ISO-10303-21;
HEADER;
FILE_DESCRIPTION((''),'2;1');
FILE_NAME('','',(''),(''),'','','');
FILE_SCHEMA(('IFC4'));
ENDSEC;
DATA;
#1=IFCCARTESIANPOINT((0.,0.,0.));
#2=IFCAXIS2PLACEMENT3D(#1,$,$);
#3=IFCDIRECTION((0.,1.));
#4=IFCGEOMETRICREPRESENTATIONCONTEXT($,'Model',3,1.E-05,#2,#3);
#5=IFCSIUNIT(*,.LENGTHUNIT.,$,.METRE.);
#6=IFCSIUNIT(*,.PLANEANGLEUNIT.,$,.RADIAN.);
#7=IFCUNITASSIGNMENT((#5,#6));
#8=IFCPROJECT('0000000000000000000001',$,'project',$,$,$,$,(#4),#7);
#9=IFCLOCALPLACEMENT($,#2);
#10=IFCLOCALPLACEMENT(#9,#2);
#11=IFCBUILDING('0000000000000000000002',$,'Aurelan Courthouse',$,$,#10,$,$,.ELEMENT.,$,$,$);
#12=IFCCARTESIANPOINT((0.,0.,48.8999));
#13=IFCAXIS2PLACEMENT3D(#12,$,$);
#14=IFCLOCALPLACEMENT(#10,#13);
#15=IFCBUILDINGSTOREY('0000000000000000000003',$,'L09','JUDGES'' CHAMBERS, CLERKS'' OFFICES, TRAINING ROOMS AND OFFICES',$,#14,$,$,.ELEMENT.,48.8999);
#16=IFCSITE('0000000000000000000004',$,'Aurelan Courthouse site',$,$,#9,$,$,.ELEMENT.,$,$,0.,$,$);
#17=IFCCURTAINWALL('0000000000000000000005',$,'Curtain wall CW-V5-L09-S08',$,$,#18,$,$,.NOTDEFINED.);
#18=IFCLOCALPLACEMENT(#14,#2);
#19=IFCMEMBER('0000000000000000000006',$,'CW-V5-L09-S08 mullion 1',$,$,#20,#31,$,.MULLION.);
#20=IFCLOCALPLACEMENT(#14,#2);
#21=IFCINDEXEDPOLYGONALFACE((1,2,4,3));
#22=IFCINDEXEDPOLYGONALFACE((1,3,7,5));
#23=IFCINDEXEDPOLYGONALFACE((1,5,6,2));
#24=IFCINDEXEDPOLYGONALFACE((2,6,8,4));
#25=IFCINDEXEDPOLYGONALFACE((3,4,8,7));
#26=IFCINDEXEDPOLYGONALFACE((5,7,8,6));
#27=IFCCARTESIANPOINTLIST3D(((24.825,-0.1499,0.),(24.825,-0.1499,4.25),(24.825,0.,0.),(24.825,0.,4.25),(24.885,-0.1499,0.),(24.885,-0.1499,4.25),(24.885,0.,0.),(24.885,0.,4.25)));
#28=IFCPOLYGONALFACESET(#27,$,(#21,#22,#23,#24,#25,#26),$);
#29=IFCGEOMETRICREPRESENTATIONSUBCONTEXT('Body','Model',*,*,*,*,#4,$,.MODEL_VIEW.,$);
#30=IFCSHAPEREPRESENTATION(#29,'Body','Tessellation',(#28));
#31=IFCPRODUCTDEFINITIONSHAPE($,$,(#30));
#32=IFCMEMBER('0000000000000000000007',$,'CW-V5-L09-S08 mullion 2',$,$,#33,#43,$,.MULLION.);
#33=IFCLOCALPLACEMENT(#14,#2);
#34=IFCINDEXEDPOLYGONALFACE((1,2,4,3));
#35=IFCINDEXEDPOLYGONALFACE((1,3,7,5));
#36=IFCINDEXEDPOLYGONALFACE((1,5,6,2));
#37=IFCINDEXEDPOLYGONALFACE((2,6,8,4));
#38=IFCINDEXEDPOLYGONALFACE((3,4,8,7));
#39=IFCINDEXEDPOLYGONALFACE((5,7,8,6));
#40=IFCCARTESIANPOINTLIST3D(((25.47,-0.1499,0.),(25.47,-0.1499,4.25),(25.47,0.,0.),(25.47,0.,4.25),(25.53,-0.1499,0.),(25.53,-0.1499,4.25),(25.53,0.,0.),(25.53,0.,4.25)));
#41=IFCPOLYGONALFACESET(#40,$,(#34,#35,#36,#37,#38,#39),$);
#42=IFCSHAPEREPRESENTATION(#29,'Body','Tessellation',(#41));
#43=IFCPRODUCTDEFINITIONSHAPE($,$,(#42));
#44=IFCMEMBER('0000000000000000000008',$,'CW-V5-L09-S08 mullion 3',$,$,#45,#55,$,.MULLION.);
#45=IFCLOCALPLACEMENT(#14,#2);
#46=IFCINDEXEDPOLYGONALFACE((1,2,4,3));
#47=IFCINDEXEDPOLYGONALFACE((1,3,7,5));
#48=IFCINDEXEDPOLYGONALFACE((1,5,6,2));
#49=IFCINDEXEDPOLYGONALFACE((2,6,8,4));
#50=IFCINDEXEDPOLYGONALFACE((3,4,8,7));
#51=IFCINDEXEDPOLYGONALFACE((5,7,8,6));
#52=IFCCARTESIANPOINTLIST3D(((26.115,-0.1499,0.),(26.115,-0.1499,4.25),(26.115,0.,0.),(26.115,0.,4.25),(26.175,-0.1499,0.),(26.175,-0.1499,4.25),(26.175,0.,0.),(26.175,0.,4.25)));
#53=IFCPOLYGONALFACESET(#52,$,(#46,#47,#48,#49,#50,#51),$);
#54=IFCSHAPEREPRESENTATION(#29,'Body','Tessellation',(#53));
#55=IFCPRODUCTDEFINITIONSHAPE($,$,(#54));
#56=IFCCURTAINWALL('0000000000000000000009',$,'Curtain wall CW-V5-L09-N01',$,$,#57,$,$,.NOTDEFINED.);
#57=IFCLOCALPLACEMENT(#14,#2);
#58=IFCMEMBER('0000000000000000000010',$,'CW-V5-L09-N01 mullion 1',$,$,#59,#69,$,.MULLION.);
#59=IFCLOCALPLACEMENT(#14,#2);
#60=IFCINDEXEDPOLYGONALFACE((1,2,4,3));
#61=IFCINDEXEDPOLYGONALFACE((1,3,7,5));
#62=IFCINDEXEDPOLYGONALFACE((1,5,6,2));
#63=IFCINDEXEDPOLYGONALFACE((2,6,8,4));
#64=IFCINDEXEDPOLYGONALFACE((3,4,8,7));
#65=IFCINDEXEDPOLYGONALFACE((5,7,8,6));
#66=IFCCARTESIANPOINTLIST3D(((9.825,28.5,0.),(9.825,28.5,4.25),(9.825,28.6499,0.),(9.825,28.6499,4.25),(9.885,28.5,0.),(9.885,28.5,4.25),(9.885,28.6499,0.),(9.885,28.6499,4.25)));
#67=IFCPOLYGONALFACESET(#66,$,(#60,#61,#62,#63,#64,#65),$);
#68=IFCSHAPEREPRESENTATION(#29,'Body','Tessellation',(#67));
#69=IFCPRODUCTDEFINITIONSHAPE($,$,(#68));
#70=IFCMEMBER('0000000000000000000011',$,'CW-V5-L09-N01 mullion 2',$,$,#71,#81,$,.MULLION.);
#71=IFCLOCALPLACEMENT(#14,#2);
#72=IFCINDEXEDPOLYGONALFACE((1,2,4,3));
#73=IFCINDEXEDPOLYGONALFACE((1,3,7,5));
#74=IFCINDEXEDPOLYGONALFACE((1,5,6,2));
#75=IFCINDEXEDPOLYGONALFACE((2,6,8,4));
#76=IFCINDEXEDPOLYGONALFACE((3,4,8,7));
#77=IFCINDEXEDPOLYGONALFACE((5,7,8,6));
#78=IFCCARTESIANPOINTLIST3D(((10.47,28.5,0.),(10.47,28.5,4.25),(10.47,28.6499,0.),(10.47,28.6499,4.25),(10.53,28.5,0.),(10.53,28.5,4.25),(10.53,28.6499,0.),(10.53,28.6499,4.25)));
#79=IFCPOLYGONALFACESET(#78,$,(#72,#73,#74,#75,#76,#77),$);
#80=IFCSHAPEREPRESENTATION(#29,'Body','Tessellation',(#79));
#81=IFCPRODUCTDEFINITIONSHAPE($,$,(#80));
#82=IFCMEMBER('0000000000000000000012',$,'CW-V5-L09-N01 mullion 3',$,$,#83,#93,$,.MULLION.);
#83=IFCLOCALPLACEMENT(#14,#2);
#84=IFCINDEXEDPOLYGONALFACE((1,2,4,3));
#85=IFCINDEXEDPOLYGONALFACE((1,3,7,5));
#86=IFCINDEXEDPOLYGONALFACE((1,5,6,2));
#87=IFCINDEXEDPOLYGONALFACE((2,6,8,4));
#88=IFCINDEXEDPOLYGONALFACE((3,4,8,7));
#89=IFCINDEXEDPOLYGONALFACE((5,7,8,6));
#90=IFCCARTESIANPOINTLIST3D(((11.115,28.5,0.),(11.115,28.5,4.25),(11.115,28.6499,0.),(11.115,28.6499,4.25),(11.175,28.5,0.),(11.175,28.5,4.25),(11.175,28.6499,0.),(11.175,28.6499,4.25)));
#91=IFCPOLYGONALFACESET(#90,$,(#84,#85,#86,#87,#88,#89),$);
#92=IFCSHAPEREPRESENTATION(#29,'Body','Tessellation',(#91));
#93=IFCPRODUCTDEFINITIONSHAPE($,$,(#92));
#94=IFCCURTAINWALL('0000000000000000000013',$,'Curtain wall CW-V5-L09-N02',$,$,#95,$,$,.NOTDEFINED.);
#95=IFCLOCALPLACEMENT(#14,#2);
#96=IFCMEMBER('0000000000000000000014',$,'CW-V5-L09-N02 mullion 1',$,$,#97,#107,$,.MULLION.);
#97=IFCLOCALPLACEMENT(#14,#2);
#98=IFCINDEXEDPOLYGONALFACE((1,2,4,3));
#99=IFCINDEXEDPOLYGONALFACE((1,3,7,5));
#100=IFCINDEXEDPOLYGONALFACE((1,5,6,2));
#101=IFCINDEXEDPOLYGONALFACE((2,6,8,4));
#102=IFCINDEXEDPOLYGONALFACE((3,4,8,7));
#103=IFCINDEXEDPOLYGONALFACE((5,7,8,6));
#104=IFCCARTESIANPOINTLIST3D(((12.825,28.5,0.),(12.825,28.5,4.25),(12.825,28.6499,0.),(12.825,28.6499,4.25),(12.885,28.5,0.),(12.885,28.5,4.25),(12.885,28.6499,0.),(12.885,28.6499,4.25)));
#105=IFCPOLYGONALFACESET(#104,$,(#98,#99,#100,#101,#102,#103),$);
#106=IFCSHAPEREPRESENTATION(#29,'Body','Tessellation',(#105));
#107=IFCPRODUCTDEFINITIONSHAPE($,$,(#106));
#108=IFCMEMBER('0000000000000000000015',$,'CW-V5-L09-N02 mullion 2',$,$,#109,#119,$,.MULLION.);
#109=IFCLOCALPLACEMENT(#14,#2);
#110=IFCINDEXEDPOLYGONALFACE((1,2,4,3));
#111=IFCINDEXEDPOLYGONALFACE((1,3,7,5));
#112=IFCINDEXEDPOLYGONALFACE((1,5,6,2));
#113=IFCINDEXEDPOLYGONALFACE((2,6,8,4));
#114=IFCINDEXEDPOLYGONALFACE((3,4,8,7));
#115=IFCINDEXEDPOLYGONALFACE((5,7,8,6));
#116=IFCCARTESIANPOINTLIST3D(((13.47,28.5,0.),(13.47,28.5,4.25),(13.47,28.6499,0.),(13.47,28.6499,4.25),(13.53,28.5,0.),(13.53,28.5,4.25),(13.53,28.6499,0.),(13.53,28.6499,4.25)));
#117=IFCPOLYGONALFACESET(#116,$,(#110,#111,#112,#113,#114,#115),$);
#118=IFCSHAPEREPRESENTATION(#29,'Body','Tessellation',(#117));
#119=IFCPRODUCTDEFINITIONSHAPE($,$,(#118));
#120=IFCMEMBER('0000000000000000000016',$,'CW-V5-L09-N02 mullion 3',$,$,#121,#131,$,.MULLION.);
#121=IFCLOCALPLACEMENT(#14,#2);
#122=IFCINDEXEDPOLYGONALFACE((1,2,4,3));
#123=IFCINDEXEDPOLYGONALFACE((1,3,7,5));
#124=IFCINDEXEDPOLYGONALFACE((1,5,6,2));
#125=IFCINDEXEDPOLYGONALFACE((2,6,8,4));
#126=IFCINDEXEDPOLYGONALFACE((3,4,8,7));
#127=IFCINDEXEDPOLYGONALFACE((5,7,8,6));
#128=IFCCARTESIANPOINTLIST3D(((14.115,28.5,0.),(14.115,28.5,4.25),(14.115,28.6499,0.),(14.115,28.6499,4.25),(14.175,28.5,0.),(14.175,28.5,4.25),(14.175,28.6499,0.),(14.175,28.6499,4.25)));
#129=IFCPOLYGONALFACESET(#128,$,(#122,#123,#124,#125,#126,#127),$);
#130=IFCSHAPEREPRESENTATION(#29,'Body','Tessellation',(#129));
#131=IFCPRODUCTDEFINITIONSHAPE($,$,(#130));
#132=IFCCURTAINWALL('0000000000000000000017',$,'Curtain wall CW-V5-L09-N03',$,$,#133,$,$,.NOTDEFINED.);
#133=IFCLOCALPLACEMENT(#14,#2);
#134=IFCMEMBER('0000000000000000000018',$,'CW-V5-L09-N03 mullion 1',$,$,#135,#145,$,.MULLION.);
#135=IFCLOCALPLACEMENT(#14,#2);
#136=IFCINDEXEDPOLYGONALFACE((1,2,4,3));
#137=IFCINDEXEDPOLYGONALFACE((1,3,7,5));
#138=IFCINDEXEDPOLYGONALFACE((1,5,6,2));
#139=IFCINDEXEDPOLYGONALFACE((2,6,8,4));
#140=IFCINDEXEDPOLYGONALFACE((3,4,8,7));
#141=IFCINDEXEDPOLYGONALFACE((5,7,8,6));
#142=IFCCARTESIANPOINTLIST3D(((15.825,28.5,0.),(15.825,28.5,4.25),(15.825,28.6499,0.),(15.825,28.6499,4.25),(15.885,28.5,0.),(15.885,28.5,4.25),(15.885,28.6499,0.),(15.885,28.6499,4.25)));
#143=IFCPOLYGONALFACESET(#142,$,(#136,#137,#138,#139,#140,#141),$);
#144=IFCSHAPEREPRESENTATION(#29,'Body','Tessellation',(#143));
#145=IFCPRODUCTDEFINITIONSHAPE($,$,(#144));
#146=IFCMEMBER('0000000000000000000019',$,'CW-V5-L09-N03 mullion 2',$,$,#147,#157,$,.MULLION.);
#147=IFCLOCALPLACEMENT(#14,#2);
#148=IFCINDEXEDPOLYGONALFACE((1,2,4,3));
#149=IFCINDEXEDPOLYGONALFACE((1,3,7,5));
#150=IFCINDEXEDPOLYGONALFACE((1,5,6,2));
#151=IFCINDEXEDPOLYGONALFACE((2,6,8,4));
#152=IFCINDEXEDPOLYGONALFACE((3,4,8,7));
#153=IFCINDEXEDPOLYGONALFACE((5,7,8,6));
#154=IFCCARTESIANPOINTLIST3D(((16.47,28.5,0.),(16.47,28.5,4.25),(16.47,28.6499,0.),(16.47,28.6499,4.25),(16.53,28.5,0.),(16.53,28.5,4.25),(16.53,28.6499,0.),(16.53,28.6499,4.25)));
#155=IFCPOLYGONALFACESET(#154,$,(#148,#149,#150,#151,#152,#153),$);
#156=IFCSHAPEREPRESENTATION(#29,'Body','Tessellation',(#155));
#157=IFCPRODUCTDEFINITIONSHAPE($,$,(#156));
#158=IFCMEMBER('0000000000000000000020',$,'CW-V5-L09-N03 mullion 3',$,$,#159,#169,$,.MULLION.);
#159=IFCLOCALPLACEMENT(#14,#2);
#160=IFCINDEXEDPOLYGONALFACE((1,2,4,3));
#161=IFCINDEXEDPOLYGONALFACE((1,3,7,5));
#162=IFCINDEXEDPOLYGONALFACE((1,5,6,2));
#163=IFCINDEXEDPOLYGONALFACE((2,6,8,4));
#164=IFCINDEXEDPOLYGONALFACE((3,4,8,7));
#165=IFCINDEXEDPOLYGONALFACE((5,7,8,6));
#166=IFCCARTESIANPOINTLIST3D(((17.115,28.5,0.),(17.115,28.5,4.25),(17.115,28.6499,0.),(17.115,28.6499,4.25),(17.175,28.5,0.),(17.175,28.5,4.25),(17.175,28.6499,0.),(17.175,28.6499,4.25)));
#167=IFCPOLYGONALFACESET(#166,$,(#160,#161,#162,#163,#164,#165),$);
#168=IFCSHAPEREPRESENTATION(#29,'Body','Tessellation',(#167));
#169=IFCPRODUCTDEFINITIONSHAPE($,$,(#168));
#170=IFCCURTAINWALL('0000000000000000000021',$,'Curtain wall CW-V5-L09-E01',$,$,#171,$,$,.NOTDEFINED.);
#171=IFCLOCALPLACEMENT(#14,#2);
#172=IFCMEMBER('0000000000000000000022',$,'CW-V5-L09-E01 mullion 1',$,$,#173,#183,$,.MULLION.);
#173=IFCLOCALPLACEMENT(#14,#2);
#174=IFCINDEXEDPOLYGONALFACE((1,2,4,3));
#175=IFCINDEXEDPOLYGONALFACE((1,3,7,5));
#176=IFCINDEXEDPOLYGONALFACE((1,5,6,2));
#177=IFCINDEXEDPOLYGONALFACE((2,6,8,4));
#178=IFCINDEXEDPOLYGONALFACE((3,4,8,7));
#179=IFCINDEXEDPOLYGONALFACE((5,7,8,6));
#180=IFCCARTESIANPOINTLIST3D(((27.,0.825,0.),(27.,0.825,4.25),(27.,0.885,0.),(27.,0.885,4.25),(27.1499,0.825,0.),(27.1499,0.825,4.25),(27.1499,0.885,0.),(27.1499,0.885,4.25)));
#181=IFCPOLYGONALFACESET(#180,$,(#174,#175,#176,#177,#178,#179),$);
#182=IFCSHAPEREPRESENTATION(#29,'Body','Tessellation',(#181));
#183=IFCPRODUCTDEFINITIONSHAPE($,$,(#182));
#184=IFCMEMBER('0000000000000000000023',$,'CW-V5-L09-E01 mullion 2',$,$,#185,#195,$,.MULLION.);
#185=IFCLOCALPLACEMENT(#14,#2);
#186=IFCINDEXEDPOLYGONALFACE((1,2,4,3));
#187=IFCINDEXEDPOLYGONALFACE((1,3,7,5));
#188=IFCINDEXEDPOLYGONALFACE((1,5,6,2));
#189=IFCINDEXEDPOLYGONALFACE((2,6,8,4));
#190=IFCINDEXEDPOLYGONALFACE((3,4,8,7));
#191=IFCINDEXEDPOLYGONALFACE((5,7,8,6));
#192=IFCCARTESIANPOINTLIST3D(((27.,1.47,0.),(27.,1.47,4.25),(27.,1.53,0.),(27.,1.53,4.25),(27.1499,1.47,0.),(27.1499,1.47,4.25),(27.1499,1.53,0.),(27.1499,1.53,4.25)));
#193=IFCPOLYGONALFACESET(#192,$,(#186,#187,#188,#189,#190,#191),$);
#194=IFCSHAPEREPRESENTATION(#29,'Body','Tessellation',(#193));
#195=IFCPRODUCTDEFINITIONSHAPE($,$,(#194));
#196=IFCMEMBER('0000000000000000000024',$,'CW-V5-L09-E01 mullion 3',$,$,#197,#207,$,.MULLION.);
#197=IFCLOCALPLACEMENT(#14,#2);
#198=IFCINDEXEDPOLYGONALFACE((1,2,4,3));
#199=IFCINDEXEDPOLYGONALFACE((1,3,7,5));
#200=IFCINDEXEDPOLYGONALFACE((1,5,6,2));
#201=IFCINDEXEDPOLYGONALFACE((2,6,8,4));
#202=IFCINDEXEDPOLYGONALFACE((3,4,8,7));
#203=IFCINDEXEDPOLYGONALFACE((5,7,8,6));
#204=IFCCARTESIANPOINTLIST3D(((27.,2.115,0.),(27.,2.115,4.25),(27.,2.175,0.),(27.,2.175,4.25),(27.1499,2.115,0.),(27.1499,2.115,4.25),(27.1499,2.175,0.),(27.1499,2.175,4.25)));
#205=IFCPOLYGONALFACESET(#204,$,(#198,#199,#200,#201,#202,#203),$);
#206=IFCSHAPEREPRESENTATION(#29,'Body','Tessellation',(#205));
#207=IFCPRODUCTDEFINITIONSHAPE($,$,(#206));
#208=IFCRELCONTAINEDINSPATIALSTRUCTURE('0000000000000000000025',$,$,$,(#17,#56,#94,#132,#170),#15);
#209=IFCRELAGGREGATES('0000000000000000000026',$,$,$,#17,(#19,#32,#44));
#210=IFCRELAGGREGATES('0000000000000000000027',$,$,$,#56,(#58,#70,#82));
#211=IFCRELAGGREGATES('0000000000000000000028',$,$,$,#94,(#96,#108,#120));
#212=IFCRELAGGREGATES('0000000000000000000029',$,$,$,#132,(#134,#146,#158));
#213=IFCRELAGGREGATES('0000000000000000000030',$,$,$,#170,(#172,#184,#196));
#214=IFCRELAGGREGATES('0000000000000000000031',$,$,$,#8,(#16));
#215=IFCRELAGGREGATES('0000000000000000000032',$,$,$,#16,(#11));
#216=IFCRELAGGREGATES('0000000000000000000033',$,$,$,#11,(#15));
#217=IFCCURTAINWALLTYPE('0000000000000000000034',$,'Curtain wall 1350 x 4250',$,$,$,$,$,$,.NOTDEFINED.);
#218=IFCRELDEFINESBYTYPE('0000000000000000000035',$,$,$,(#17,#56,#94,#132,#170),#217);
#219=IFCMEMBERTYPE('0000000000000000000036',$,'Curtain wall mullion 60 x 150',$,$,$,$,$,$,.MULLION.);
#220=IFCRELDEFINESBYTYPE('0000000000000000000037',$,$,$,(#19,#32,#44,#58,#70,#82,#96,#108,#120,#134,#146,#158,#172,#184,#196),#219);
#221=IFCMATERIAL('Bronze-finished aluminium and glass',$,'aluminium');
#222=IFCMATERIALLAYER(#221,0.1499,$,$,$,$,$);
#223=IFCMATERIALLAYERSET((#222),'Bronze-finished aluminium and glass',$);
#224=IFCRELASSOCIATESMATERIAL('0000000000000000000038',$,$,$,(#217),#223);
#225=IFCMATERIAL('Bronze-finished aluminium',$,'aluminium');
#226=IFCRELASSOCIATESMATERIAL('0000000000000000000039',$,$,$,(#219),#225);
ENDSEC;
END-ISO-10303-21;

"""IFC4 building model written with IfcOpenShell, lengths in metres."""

from ifc_helpers import new_model, si_unit, direction, frame, origin, origin_2d, place, context, subcontext, project, spatial, rectangle, extrude, material, layer, layer_set, material_profile, profile_set, type_object, element, aggregate, save


model = new_model("IFC4")

# Units and contexts
model_context = context("Model", 3, precision=1e-05, world=origin(), true_north=direction((0.0, 1.0)))
body_context = subcontext(model_context, "Body", "Model", "MODEL_VIEW")
ifc_project = project(units=[si_unit("LENGTHUNIT", "METRE"), si_unit("PLANEANGLEUNIT", "RADIAN")], contexts=[model_context])

# Site, building, storey
site_placement = place(None, origin())
site = spatial("IfcSite", under=ifc_project, at=site_placement, Name="Aurelan Courthouse site", CompositionType="ELEMENT", RefElevation=0.0)
building_placement = place(site_placement, origin())
building = spatial("IfcBuilding", under=site, at=building_placement, Name="Aurelan Courthouse", CompositionType="ELEMENT")
storey_placement = place(building_placement, frame((0.0, 0.0, 48.8999)))
storey = spatial("IfcBuildingStorey", under=building, at=storey_placement, Name="L09", Description="JUDGES' CHAMBERS, CLERKS' OFFICES, TRAINING ROOMS AND OFFICES", CompositionType="ELEMENT", Elevation=48.8999)

# Curtain walls, members
ifc_material_1 = material(Name="Bronze-finished aluminium and glass", Category="aluminium")
ifc_layer_1 = layer(ifc_material_1, 0.1499)
ifc_layer_set_1 = layer_set([ifc_layer_1], Name="Bronze-finished aluminium and glass")
curtain_wall_type = type_object("IfcCurtainWallType", Name="Curtain wall 1350 x 4250", PredefinedType="NOTDEFINED", material=ifc_layer_set_1)
curtain_wall_1_placement = place(storey_placement, origin())
curtain_wall_1 = element("IfcCurtainWall", 1, at=curtain_wall_1_placement, inside=storey, type_object=curtain_wall_type, Name="Curtain wall CW-V5-L09-S08", PredefinedType="NOTDEFINED")
ifc_material_2 = material(Name="Bronze-finished aluminium", Category="aluminium")
ifc_material_profile = material_profile(ifc_material_2, rectangle(XDim=0.1499, YDim=0.0601, at=origin_2d()), Name="Bronze mullion 60 x 150")
ifc_profile_set = profile_set([ifc_material_profile], Name="Bronze-finished aluminium")
member_type = type_object("IfcMemberType", Name="Curtain wall mullion 60 x 150", PredefinedType="MULLION", material=ifc_profile_set)
member_1_placement = place(storey_placement, frame((24.855, -0.075, 0.0), z_axis=(0.0, 0.0, 1.0), x_axis=(0.0, 1.0, 0.0)))
member_1 = element("IfcMember", 2, at=member_1_placement, type_object=member_type, Name="CW-V5-L09-S08 mullion 1", PredefinedType="MULLION", context=body_context, shape_type="SweptSolid", body=[
    extrude(rectangle(XDim=0.1499, YDim=0.0601, at=origin_2d()), origin(), (0.0, 0.0, 1.0), 4.25),
])
member_2_placement = place(storey_placement, frame((25.5, -0.075, 0.0), z_axis=(0.0, 0.0, 1.0), x_axis=(0.0, 1.0, 0.0)))
member_2 = element("IfcMember", 3, at=member_2_placement, type_object=member_type, Name="CW-V5-L09-S08 mullion 2", PredefinedType="MULLION", context=body_context, shape_type="SweptSolid", body=[
    extrude(rectangle(XDim=0.1499, YDim=0.0601, at=origin_2d()), origin(), (0.0, 0.0, 1.0), 4.25),
])
member_3_placement = place(storey_placement, frame((26.145, -0.075, 0.0), z_axis=(0.0, 0.0, 1.0), x_axis=(0.0, 1.0, 0.0)))
member_3 = element("IfcMember", 4, at=member_3_placement, type_object=member_type, Name="CW-V5-L09-S08 mullion 3", PredefinedType="MULLION", context=body_context, shape_type="SweptSolid", body=[
    extrude(rectangle(XDim=0.1499, YDim=0.0601, at=origin_2d()), origin(), (0.0, 0.0, 1.0), 4.25),
])
aggregate(curtain_wall_1, [member_1, member_2, member_3])
curtain_wall_2_placement = place(storey_placement, origin())
curtain_wall_2 = element("IfcCurtainWall", 5, at=curtain_wall_2_placement, inside=storey, type_object=curtain_wall_type, Name="Curtain wall CW-V5-L09-N01", PredefinedType="NOTDEFINED")
member_4_placement = place(storey_placement, frame((9.855, 28.575, 0.0), z_axis=(0.0, 0.0, 1.0), x_axis=(0.0, 1.0, 0.0)))
member_4 = element("IfcMember", 6, at=member_4_placement, type_object=member_type, Name="CW-V5-L09-N01 mullion 1", PredefinedType="MULLION", context=body_context, shape_type="SweptSolid", body=[
    extrude(rectangle(XDim=0.1499, YDim=0.0601, at=origin_2d()), origin(), (0.0, 0.0, 1.0), 4.25),
])
member_5_placement = place(storey_placement, frame((10.5, 28.575, 0.0), z_axis=(0.0, 0.0, 1.0), x_axis=(0.0, 1.0, 0.0)))
member_5 = element("IfcMember", 7, at=member_5_placement, type_object=member_type, Name="CW-V5-L09-N01 mullion 2", PredefinedType="MULLION", context=body_context, shape_type="SweptSolid", body=[
    extrude(rectangle(XDim=0.1499, YDim=0.0601, at=origin_2d()), origin(), (0.0, 0.0, 1.0), 4.25),
])
member_6_placement = place(storey_placement, frame((11.145, 28.575, 0.0), z_axis=(0.0, 0.0, 1.0), x_axis=(0.0, 1.0, 0.0)))
member_6 = element("IfcMember", 8, at=member_6_placement, type_object=member_type, Name="CW-V5-L09-N01 mullion 3", PredefinedType="MULLION", context=body_context, shape_type="SweptSolid", body=[
    extrude(rectangle(XDim=0.1499, YDim=0.0601, at=origin_2d()), origin(), (0.0, 0.0, 1.0), 4.25),
])
aggregate(curtain_wall_2, [member_4, member_5, member_6])
curtain_wall_3_placement = place(storey_placement, origin())
curtain_wall_3 = element("IfcCurtainWall", 9, at=curtain_wall_3_placement, inside=storey, type_object=curtain_wall_type, Name="Curtain wall CW-V5-L09-N02", PredefinedType="NOTDEFINED")
member_7_placement = place(storey_placement, frame((12.855, 28.575, 0.0), z_axis=(0.0, 0.0, 1.0), x_axis=(0.0, 1.0, 0.0)))
member_7 = element("IfcMember", 10, at=member_7_placement, type_object=member_type, Name="CW-V5-L09-N02 mullion 1", PredefinedType="MULLION", context=body_context, shape_type="SweptSolid", body=[
    extrude(rectangle(XDim=0.1499, YDim=0.0601, at=origin_2d()), origin(), (0.0, 0.0, 1.0), 4.25),
])
member_8_placement = place(storey_placement, frame((13.5, 28.575, 0.0), z_axis=(0.0, 0.0, 1.0), x_axis=(0.0, 1.0, 0.0)))
member_8 = element("IfcMember", 11, at=member_8_placement, type_object=member_type, Name="CW-V5-L09-N02 mullion 2", PredefinedType="MULLION", context=body_context, shape_type="SweptSolid", body=[
    extrude(rectangle(XDim=0.1499, YDim=0.0601, at=origin_2d()), origin(), (0.0, 0.0, 1.0), 4.25),
])
member_9_placement = place(storey_placement, frame((14.145, 28.575, 0.0), z_axis=(0.0, 0.0, 1.0), x_axis=(0.0, 1.0, 0.0)))
member_9 = element("IfcMember", 12, at=member_9_placement, type_object=member_type, Name="CW-V5-L09-N02 mullion 3", PredefinedType="MULLION", context=body_context, shape_type="SweptSolid", body=[
    extrude(rectangle(XDim=0.1499, YDim=0.0601, at=origin_2d()), origin(), (0.0, 0.0, 1.0), 4.25),
])
aggregate(curtain_wall_3, [member_7, member_8, member_9])
curtain_wall_4_placement = place(storey_placement, origin())
curtain_wall_4 = element("IfcCurtainWall", 13, at=curtain_wall_4_placement, inside=storey, type_object=curtain_wall_type, Name="Curtain wall CW-V5-L09-N03", PredefinedType="NOTDEFINED")
member_10_placement = place(storey_placement, frame((15.855, 28.575, 0.0), z_axis=(0.0, 0.0, 1.0), x_axis=(0.0, 1.0, 0.0)))
member_10 = element("IfcMember", 14, at=member_10_placement, type_object=member_type, Name="CW-V5-L09-N03 mullion 1", PredefinedType="MULLION", context=body_context, shape_type="SweptSolid", body=[
    extrude(rectangle(XDim=0.1499, YDim=0.0601, at=origin_2d()), origin(), (0.0, 0.0, 1.0), 4.25),
])
member_11_placement = place(storey_placement, frame((16.5, 28.575, 0.0), z_axis=(0.0, 0.0, 1.0), x_axis=(0.0, 1.0, 0.0)))
member_11 = element("IfcMember", 15, at=member_11_placement, type_object=member_type, Name="CW-V5-L09-N03 mullion 2", PredefinedType="MULLION", context=body_context, shape_type="SweptSolid", body=[
    extrude(rectangle(XDim=0.1499, YDim=0.0601, at=origin_2d()), origin(), (0.0, 0.0, 1.0), 4.25),
])
member_12_placement = place(storey_placement, frame((17.145, 28.575, 0.0), z_axis=(0.0, 0.0, 1.0), x_axis=(0.0, 1.0, 0.0)))
member_12 = element("IfcMember", 16, at=member_12_placement, type_object=member_type, Name="CW-V5-L09-N03 mullion 3", PredefinedType="MULLION", context=body_context, shape_type="SweptSolid", body=[
    extrude(rectangle(XDim=0.1499, YDim=0.0601, at=origin_2d()), origin(), (0.0, 0.0, 1.0), 4.25),
])
aggregate(curtain_wall_4, [member_10, member_11, member_12])
curtain_wall_5_placement = place(storey_placement, origin())
curtain_wall_5 = element("IfcCurtainWall", 17, at=curtain_wall_5_placement, inside=storey, type_object=curtain_wall_type, Name="Curtain wall CW-V5-L09-E01", PredefinedType="NOTDEFINED")
member_13_placement = place(storey_placement, frame((27.075, 0.855, 0.0), z_axis=(0.0, 0.0, 1.0), x_axis=(-1.0, 0.0, 0.0)))
member_13 = element("IfcMember", 18, at=member_13_placement, type_object=member_type, Name="CW-V5-L09-E01 mullion 1", PredefinedType="MULLION", context=body_context, shape_type="SweptSolid", body=[
    extrude(rectangle(XDim=0.1499, YDim=0.0601, at=origin_2d()), origin(), (0.0, 0.0, 1.0), 4.25),
])
member_14_placement = place(storey_placement, frame((27.075, 1.5, 0.0), z_axis=(0.0, 0.0, 1.0), x_axis=(-1.0, 0.0, 0.0)))
member_14 = element("IfcMember", 19, at=member_14_placement, type_object=member_type, Name="CW-V5-L09-E01 mullion 2", PredefinedType="MULLION", context=body_context, shape_type="SweptSolid", body=[
    extrude(rectangle(XDim=0.1499, YDim=0.0601, at=origin_2d()), origin(), (0.0, 0.0, 1.0), 4.25),
])
member_15_placement = place(storey_placement, frame((27.075, 2.145, 0.0), z_axis=(0.0, 0.0, 1.0), x_axis=(-1.0, 0.0, 0.0)))
member_15 = element("IfcMember", 20, at=member_15_placement, type_object=member_type, Name="CW-V5-L09-E01 mullion 3", PredefinedType="MULLION", context=body_context, shape_type="SweptSolid", body=[
    extrude(rectangle(XDim=0.1499, YDim=0.0601, at=origin_2d()), origin(), (0.0, 0.0, 1.0), 4.25),
])
aggregate(curtain_wall_5, [member_13, member_14, member_15])

save(model, "model.ifc")
